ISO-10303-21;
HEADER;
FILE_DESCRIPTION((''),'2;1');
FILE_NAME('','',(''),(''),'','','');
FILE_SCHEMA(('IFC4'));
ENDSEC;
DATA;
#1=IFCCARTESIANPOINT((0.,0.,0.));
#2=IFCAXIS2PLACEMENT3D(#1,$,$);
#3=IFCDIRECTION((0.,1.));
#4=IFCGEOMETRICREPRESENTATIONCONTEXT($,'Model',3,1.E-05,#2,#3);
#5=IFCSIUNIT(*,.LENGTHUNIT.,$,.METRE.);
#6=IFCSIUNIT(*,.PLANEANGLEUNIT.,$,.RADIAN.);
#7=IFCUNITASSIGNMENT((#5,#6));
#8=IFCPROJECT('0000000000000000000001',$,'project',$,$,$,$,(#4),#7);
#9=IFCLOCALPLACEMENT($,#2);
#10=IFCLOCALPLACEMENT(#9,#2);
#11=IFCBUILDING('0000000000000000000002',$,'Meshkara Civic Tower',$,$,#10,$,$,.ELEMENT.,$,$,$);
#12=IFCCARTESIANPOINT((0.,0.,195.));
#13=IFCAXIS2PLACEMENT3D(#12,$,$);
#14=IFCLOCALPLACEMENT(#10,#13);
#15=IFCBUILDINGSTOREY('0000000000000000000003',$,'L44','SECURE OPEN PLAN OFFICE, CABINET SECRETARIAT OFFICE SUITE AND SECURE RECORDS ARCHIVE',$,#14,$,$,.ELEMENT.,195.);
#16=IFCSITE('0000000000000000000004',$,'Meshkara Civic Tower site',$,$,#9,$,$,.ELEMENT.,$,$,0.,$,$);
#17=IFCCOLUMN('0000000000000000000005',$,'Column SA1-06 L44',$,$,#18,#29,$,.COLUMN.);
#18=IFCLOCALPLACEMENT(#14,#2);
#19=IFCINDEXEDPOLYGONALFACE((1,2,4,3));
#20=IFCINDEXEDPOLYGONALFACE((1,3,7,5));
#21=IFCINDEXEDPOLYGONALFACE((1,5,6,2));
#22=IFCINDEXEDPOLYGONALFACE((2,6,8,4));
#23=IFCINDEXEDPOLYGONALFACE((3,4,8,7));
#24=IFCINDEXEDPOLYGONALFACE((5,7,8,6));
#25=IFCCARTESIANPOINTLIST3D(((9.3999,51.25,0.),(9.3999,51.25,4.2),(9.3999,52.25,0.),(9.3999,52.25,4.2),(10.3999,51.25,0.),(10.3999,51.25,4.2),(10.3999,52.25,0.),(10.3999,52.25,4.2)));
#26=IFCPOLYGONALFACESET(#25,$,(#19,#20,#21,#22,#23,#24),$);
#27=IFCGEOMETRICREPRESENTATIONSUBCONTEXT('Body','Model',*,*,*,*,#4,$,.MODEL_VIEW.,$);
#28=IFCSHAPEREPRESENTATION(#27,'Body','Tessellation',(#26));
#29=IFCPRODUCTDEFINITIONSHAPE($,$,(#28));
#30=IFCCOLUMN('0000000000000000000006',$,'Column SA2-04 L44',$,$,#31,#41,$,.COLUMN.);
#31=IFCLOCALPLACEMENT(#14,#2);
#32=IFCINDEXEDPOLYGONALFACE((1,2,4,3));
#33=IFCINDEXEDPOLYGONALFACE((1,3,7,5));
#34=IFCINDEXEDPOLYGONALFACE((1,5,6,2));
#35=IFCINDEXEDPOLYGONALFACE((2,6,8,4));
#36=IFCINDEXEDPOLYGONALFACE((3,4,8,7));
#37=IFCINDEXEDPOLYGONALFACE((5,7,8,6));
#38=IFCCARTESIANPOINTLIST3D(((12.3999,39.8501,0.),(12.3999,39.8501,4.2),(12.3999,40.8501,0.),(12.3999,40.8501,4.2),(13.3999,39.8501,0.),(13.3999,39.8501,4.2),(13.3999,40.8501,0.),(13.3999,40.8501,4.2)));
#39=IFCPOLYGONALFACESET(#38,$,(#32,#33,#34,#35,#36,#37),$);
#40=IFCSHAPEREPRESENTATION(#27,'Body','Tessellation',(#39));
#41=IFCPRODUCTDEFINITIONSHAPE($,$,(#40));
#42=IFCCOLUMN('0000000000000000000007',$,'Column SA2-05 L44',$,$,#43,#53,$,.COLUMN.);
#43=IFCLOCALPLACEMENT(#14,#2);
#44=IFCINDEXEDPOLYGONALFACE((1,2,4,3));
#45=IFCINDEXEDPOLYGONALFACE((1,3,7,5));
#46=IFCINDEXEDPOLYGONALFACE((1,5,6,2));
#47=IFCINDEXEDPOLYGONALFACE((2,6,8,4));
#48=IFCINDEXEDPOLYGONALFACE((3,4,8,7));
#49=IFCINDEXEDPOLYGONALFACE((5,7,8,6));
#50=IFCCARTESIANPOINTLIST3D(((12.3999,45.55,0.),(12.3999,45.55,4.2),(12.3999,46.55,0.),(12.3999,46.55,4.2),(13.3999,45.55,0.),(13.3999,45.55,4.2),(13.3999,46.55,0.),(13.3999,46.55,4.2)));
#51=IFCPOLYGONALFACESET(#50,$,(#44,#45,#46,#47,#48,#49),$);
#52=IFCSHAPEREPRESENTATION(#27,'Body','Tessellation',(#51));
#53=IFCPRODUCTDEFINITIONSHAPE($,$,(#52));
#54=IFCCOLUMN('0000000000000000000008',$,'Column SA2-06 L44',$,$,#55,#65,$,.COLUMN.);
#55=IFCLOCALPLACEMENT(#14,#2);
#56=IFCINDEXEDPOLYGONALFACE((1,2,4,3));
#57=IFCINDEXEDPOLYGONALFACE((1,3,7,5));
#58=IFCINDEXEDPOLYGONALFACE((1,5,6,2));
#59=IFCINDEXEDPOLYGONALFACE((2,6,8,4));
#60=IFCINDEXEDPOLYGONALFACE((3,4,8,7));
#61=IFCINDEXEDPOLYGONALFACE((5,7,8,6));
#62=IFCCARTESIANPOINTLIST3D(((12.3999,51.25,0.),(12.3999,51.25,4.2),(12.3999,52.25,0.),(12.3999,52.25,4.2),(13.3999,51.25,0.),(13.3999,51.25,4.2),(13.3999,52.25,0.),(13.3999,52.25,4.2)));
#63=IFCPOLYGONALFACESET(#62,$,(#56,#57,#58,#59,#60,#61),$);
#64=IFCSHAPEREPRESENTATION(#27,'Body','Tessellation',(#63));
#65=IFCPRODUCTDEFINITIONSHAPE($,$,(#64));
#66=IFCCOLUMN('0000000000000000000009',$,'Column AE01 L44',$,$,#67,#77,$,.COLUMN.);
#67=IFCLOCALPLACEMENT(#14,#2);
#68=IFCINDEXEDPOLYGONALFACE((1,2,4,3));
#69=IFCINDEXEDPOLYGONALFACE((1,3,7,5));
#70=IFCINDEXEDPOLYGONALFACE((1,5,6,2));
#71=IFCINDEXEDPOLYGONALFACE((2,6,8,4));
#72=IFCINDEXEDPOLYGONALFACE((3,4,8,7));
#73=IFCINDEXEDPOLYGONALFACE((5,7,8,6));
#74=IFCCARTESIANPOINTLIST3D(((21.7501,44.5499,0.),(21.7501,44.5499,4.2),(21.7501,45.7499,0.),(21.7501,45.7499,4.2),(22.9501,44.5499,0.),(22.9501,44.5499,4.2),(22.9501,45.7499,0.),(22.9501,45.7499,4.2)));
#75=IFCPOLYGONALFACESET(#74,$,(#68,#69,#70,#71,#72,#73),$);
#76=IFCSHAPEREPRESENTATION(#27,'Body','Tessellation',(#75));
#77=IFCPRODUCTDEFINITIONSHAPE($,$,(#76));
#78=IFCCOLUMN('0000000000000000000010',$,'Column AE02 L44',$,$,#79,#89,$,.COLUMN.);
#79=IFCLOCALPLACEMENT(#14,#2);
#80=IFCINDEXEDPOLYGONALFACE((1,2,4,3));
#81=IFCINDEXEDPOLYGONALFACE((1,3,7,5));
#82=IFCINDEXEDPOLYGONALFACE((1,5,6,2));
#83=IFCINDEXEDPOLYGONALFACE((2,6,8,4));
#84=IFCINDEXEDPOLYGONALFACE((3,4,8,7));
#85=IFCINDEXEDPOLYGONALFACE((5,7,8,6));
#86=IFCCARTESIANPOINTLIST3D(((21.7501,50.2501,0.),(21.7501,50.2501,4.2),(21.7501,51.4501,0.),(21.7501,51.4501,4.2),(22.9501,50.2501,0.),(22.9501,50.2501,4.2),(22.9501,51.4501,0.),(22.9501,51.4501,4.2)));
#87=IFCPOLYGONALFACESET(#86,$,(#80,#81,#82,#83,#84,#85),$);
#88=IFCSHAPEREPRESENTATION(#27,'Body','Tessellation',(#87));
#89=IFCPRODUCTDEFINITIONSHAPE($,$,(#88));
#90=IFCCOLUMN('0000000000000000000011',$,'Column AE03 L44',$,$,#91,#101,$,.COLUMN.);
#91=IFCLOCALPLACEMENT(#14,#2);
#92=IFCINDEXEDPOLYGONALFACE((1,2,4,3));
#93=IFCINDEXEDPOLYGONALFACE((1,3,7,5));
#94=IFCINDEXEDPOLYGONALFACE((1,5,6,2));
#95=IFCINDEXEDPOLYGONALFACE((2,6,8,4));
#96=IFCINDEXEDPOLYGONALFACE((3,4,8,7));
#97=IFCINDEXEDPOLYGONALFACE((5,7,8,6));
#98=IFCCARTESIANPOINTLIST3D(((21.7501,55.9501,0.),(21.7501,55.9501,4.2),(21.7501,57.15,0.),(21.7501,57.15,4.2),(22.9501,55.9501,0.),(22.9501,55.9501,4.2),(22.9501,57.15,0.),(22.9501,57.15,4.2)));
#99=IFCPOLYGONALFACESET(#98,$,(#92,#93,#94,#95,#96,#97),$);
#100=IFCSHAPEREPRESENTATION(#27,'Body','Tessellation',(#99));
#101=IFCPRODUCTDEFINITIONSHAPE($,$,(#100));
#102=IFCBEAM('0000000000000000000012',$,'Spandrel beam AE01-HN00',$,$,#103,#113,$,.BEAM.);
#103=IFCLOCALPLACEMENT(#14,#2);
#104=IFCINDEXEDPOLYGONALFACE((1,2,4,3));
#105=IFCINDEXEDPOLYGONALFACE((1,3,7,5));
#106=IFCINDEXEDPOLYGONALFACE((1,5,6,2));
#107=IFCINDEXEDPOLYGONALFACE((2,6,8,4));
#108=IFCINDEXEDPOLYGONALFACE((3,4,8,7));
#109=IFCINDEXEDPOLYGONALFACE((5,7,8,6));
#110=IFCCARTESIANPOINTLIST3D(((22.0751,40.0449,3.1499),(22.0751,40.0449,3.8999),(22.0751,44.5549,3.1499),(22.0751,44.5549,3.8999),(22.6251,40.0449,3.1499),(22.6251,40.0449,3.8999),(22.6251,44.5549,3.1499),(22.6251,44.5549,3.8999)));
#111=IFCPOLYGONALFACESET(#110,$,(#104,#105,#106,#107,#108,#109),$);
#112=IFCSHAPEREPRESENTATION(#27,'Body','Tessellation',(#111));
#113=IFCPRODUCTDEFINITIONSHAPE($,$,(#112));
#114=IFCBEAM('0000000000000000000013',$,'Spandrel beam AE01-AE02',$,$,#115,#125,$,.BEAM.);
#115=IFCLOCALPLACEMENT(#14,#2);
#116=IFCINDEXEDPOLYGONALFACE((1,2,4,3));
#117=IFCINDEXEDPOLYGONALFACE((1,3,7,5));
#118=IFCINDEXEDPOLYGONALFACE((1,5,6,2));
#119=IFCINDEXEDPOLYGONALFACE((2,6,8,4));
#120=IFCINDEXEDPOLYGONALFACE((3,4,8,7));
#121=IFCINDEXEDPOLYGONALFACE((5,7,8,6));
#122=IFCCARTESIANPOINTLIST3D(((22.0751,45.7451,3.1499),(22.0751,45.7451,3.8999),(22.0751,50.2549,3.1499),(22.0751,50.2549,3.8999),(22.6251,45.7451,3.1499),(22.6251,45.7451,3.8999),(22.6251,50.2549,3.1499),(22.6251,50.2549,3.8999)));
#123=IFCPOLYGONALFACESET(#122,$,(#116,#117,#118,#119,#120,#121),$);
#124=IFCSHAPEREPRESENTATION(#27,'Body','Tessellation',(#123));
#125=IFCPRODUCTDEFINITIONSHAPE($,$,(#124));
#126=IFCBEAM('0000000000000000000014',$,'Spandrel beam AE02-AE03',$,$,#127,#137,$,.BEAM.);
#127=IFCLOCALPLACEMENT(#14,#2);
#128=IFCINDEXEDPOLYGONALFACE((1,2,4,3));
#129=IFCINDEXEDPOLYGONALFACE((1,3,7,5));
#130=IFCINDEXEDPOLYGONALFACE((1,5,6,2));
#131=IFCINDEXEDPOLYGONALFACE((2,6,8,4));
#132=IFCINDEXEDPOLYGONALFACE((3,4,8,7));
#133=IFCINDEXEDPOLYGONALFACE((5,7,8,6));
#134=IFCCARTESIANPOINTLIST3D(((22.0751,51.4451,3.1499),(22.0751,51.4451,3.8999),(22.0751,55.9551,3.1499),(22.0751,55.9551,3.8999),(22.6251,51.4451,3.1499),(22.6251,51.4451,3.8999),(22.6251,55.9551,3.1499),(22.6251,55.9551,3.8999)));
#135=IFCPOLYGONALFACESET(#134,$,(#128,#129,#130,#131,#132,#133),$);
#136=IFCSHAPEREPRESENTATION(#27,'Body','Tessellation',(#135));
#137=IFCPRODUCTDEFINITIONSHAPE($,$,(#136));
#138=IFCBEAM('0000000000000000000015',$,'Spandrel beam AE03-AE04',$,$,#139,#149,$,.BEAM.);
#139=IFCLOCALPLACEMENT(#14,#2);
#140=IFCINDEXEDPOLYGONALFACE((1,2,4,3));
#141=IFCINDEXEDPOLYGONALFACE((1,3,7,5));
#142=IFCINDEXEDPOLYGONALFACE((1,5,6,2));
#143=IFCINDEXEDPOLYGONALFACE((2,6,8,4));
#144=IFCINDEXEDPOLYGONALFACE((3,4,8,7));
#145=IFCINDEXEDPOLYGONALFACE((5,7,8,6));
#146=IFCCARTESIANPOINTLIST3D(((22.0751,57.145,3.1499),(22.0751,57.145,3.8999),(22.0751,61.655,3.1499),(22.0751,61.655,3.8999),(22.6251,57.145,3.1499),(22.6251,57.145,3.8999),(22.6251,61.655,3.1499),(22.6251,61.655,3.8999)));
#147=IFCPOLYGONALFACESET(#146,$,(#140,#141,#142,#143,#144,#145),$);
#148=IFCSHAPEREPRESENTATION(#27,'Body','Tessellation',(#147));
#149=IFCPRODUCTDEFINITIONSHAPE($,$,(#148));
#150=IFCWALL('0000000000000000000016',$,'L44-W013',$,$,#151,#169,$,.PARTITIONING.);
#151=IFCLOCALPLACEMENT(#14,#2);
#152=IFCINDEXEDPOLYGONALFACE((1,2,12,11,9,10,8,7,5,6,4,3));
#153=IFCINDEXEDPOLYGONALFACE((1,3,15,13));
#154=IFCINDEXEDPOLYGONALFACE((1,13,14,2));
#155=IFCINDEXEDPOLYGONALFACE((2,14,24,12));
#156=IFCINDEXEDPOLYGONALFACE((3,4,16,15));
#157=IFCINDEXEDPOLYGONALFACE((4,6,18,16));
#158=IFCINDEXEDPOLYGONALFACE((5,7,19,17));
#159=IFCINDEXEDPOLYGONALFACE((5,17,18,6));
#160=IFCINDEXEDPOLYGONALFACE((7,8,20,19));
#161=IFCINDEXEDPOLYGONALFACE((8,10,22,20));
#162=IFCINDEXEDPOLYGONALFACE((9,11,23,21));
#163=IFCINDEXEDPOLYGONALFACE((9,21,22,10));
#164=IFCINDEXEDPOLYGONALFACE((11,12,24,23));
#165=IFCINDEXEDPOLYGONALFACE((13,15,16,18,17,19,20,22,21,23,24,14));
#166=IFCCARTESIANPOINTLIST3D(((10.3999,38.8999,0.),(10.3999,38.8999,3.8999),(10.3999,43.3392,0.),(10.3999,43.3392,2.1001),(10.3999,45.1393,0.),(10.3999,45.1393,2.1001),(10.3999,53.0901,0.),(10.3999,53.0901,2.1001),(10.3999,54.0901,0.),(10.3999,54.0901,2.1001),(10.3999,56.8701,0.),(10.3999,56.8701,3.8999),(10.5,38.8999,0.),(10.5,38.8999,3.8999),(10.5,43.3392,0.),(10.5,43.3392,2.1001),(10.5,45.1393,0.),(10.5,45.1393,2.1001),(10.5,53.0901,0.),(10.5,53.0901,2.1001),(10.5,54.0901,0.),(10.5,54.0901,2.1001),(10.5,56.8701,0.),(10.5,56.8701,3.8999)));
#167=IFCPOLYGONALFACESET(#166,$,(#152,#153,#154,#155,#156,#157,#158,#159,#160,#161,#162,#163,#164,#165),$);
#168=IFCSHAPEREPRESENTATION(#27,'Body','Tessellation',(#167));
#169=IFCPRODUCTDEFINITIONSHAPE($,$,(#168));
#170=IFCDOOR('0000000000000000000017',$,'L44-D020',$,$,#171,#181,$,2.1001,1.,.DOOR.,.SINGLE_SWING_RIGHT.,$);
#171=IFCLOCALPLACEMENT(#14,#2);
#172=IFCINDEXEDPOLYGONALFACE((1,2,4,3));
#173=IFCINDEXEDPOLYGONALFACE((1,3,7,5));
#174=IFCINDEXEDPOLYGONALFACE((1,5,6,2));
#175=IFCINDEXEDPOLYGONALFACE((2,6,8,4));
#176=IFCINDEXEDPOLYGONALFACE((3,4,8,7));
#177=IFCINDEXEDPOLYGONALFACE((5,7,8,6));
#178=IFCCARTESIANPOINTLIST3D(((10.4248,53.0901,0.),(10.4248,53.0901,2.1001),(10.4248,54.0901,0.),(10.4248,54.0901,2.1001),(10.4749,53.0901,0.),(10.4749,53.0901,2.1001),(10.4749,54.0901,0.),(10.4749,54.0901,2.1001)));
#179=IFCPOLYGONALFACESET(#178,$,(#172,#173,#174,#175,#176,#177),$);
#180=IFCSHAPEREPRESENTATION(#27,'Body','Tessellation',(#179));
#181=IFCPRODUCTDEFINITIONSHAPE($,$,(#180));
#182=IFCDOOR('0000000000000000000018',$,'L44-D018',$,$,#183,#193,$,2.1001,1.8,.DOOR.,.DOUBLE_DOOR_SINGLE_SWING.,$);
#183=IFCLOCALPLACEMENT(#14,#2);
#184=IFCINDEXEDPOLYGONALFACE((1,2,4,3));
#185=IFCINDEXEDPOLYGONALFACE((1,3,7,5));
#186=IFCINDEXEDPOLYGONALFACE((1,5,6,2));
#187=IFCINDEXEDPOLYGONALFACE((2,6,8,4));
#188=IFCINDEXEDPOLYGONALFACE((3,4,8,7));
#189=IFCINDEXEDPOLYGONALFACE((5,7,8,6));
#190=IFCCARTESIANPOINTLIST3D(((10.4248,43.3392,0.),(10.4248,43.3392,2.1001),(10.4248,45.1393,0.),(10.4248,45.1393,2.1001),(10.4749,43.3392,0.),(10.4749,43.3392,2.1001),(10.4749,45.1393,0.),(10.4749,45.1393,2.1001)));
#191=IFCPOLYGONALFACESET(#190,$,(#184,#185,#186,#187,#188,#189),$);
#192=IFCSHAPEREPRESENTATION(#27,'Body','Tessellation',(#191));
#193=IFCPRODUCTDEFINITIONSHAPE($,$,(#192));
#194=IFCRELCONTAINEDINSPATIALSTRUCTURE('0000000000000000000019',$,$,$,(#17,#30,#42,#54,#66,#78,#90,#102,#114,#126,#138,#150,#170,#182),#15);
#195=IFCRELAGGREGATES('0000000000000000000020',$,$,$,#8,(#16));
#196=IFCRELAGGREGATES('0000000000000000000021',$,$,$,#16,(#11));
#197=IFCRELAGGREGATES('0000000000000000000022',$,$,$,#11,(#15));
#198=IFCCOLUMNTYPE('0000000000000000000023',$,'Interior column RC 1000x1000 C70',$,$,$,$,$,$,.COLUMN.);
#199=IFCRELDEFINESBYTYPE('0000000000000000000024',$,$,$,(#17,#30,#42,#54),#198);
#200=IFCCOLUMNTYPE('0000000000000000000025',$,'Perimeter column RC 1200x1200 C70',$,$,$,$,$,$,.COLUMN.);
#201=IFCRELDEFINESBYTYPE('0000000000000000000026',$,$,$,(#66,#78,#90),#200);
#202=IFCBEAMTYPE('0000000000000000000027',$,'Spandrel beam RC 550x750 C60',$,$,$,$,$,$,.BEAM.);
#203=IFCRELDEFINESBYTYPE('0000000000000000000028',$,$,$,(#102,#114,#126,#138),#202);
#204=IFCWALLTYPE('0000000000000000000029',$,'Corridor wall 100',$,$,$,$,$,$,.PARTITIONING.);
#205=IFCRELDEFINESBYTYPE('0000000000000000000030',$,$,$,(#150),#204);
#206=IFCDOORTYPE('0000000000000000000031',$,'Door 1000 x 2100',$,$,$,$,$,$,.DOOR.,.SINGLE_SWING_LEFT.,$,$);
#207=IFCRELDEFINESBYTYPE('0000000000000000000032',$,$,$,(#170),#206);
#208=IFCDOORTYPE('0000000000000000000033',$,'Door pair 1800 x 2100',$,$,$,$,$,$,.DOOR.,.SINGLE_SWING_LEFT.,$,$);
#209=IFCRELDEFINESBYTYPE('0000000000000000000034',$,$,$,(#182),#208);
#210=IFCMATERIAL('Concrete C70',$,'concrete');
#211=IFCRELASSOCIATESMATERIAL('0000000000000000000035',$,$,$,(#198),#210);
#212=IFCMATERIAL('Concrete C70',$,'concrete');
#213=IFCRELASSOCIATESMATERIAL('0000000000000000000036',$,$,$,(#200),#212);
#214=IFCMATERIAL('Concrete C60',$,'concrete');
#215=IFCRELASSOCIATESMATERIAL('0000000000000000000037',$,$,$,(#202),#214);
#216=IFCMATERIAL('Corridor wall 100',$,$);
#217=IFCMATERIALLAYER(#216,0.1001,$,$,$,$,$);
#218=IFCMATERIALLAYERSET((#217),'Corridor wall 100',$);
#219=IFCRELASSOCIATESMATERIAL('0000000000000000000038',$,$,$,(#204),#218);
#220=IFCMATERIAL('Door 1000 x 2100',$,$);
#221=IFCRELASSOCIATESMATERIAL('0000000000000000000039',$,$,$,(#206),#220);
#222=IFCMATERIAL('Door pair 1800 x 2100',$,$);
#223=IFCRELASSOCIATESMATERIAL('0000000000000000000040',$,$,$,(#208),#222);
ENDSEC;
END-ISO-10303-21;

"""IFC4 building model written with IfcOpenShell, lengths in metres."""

from ifc_helpers import new_model, si_unit, direction, frame, frame_2d, origin, origin_2d, place, context, subcontext, project, spatial, rectangle, extrude, material, layer, layer_set, material_profile, profile_set, type_object, element, fill, save


model = new_model("IFC4")

# Units and contexts
model_context = context("Model", 3, precision=1e-05, world=origin(), true_north=direction((0.0, 1.0)))
body_context = subcontext(model_context, "Body", "Model", "MODEL_VIEW")
ifc_project = project(units=[si_unit("LENGTHUNIT", "METRE"), si_unit("PLANEANGLEUNIT", "RADIAN")], contexts=[model_context])

# Site, building, storey
site_placement = place(None, origin())
site = spatial("IfcSite", under=ifc_project, at=site_placement, Name="Meshkara Civic Tower site", CompositionType="ELEMENT", RefElevation=0.0)
building_placement = place(site_placement, origin())
building = spatial("IfcBuilding", under=site, at=building_placement, Name="Meshkara Civic Tower", CompositionType="ELEMENT")
storey_placement = place(building_placement, frame((0.0, 0.0, 195.0)))
storey = spatial("IfcBuildingStorey", under=building, at=storey_placement, Name="L44", Description="SECURE OPEN PLAN OFFICE, CABINET SECRETARIAT OFFICE SUITE AND SECURE RECORDS ARCHIVE", CompositionType="ELEMENT", Elevation=195.0)

# Columns
ifc_material_1 = material(Name="Concrete C70", Category="concrete")
ifc_material_profile_1 = material_profile(ifc_material_1, rectangle(XDim=1.0, YDim=1.0, at=origin_2d()))
ifc_profile_set_1 = profile_set([ifc_material_profile_1], Name="Concrete C70")
column_type_1 = type_object("IfcColumnType", Name="Interior column RC 1000x1000 C70", PredefinedType="COLUMN", material=ifc_profile_set_1)
for number, where, z_axis, x_axis, name in (
    (1, (9.8999, 51.75, 0.0), (0.0, 0.0, 1.0), (1.0, 0.0, 0.0), "Column SA1-06 L44"),
    (2, (12.8999, 40.3501, 0.0), (0.0, 0.0, 1.0), (1.0, 0.0, 0.0), "Column SA2-04 L44"),
    (3, (12.8999, 46.05, 0.0), (0.0, 0.0, 1.0), (1.0, 0.0, 0.0), "Column SA2-05 L44"),
    (4, (12.8999, 51.75, 0.0), (0.0, 0.0, 1.0), (1.0, 0.0, 0.0), "Column SA2-06 L44"),
):
    element("IfcColumn", number, at=place(storey_placement, frame(where, z_axis=z_axis, x_axis=x_axis)), inside=storey, type_object=column_type_1, Name=name, PredefinedType="COLUMN", context=body_context, shape_type="SweptSolid", body=[
        extrude(rectangle(XDim=1.0, YDim=1.0, at=origin_2d()), origin(), (0.0, 0.0, 1.0), 4.2),
    ])
ifc_material_2 = material(Name="Concrete C70", Category="concrete")
ifc_material_profile_2 = material_profile(ifc_material_2, rectangle(XDim=1.2, YDim=1.2, at=origin_2d()))
ifc_profile_set_2 = profile_set([ifc_material_profile_2], Name="Concrete C70")
column_type_2 = type_object("IfcColumnType", Name="Perimeter column RC 1200x1200 C70", PredefinedType="COLUMN", material=ifc_profile_set_2)
for number, where, z_axis, x_axis, name in (
    (5, (22.3501, 45.1499, 0.0), (0.0, 0.0, 1.0), (1.0, 0.0, 0.0), "Column AE01 L44"),
    (6, (22.3501, 50.8501, 0.0), (0.0, 0.0, 1.0), (1.0, 0.0, 0.0), "Column AE02 L44"),
    (7, (22.3501, 56.55, 0.0), (0.0, 0.0, 1.0), (1.0, 0.0, 0.0), "Column AE03 L44"),
):
    element("IfcColumn", number, at=place(storey_placement, frame(where, z_axis=z_axis, x_axis=x_axis)), inside=storey, type_object=column_type_2, Name=name, PredefinedType="COLUMN", context=body_context, shape_type="SweptSolid", body=[
        extrude(rectangle(XDim=1.2, YDim=1.2, at=origin_2d()), origin(), (0.0, 0.0, 1.0), 4.2),
    ])

# Beams
ifc_material_3 = material(Name="Concrete C60", Category="concrete")
ifc_material_profile_3 = material_profile(ifc_material_3, rectangle(XDim=0.55, YDim=0.75, at=origin_2d()))
ifc_profile_set_3 = profile_set([ifc_material_profile_3], Name="Concrete C60")
beam_type = type_object("IfcBeamType", Name="Spandrel beam RC 550x750 C60", PredefinedType="BEAM", material=ifc_profile_set_3)
beam_1_placement = place(storey_placement, frame((22.3501, 40.0449, 3.5249), z_axis=(0.0, 1.0, 0.0), x_axis=(-1.0, 0.0, 0.0)))
element("IfcBeam", 8, at=beam_1_placement, inside=storey, type_object=beam_type, Name="Spandrel beam AE01-HN00", PredefinedType="BEAM", context=body_context, shape_type="SweptSolid", body=[
    extrude(rectangle(XDim=0.55, YDim=0.75, at=origin_2d()), origin(), (0.0, 0.0, 1.0), 4.51),
])
beam_2_placement = place(storey_placement, frame((22.3501, 45.7451, 3.5249), z_axis=(0.0, 1.0, 0.0), x_axis=(-1.0, 0.0, 0.0)))
element("IfcBeam", 9, at=beam_2_placement, inside=storey, type_object=beam_type, Name="Spandrel beam AE01-AE02", PredefinedType="BEAM", context=body_context, shape_type="SweptSolid", body=[
    extrude(rectangle(XDim=0.55, YDim=0.75, at=origin_2d()), origin(), (0.0, 0.0, 1.0), 4.5098),
])
for number, where, z_axis, x_axis, name in (
    (10, (22.3501, 51.4451, 3.5249), (0.0, 1.0, 0.0), (-1.0, 0.0, 0.0), "Spandrel beam AE02-AE03"),
    (11, (22.3501, 57.145, 3.5249), (0.0, 1.0, 0.0), (-1.0, 0.0, 0.0), "Spandrel beam AE03-AE04"),
):
    element("IfcBeam", number, at=place(storey_placement, frame(where, z_axis=z_axis, x_axis=x_axis)), inside=storey, type_object=beam_type, Name=name, PredefinedType="BEAM", context=body_context, shape_type="SweptSolid", body=[
        extrude(rectangle(XDim=0.55, YDim=0.75, at=origin_2d()), origin(), (0.0, 0.0, 1.0), 4.51),
    ])

# Wall, openings, doors
ifc_material_4 = material(Name="Corridor wall 100")
ifc_layer_1 = layer(ifc_material_4, 0.1001)
ifc_layer_set_1 = layer_set([ifc_layer_1], Name="Corridor wall 100")
wall_type_1 = type_object("IfcWallType", Name="Corridor wall 100", PredefinedType="PARTITIONING", material=ifc_layer_set_1)
wall_1_placement = place(storey_placement, frame((10.45, 56.8701, 0.0), z_axis=(0.0, 0.0, 1.0), x_axis=(0.0, -1.0, 0.0)))
wall_1 = element("IfcWall", 12, at=wall_1_placement, inside=storey, type_object=wall_type_1, Name="L44-W013", PredefinedType="PARTITIONING", context=body_context, shape_type="SweptSolid", body=[
    extrude(rectangle(XDim=17.9702, YDim=0.1001, at=frame_2d((8.9851, 0.0))), origin(), (0.0, 0.0, 1.0), 3.8999),
])
opening_1_placement = place(wall_1_placement, frame((11.731, 0.0, 0.0)))
opening_1 = element("IfcOpeningElement", 13, at=opening_1_placement, cuts=wall_1, PredefinedType="OPENING", context=body_context, shape_type="SweptSolid", body=[
    extrude(rectangle(XDim=1.8, YDim=2.1001, at=frame_2d((0.8999, 1.05))), frame((0.0, 0.0601, 0.0), z_axis=(0.0, -1.0, 0.0), x_axis=(1.0, 0.0, 0.0)), (0.0, 0.0, 1.0), 0.1201),
])
opening_2_placement = place(wall_1_placement, frame((2.78, 0.0, 0.0)))
opening_2 = element("IfcOpeningElement", 14, at=opening_2_placement, cuts=wall_1, PredefinedType="OPENING", context=body_context, shape_type="SweptSolid", body=[
    extrude(rectangle(XDim=1.0, YDim=2.1001, at=frame_2d((0.5, 1.05))), frame((0.0, 0.0601, 0.0), z_axis=(0.0, -1.0, 0.0), x_axis=(1.0, 0.0, 0.0)), (0.0, 0.0, 1.0), 0.1201),
])
ifc_material_5 = material(Name="Door 1000 x 2100")
door_type_1 = type_object("IfcDoorType", Name="Door 1000 x 2100", OperationType="SINGLE_SWING_LEFT", PredefinedType="DOOR", material=ifc_material_5)
door_1_placement = place(opening_2_placement, origin())
door_1 = element("IfcDoor", 15, at=door_1_placement, inside=storey, type_object=door_type_1, Name="L44-D020", OperationType="SINGLE_SWING_RIGHT", OverallHeight=2.1001, OverallWidth=1.0, PredefinedType="DOOR", context=body_context, shape_type="SweptSolid", body=[
    extrude(rectangle(XDim=1.0, YDim=2.1001, at=frame_2d((0.5, 1.05))), frame((0.0, 0.0249, 0.0), z_axis=(0.0, -1.0, 0.0), x_axis=(1.0, 0.0, 0.0)), (0.0, 0.0, 1.0), 0.05),
])
fill(opening_2, door_1)
ifc_material_6 = material(Name="Door pair 1800 x 2100")
door_type_2 = type_object("IfcDoorType", Name="Door pair 1800 x 2100", OperationType="SINGLE_SWING_LEFT", PredefinedType="DOOR", material=ifc_material_6)
door_2_placement = place(opening_1_placement, origin())
door_2 = element("IfcDoor", 16, at=door_2_placement, inside=storey, type_object=door_type_2, Name="L44-D018", OperationType="DOUBLE_DOOR_SINGLE_SWING", OverallHeight=2.1001, OverallWidth=1.8, PredefinedType="DOOR", context=body_context, shape_type="SweptSolid", body=[
    extrude(rectangle(XDim=1.8, YDim=2.1001, at=frame_2d((0.8999, 1.05))), frame((0.0, 0.0249, 0.0), z_axis=(0.0, -1.0, 0.0), x_axis=(1.0, 0.0, 0.0)), (0.0, 0.0, 1.0), 0.05),
])
fill(opening_1, door_2)

save(model, "model.ifc")
